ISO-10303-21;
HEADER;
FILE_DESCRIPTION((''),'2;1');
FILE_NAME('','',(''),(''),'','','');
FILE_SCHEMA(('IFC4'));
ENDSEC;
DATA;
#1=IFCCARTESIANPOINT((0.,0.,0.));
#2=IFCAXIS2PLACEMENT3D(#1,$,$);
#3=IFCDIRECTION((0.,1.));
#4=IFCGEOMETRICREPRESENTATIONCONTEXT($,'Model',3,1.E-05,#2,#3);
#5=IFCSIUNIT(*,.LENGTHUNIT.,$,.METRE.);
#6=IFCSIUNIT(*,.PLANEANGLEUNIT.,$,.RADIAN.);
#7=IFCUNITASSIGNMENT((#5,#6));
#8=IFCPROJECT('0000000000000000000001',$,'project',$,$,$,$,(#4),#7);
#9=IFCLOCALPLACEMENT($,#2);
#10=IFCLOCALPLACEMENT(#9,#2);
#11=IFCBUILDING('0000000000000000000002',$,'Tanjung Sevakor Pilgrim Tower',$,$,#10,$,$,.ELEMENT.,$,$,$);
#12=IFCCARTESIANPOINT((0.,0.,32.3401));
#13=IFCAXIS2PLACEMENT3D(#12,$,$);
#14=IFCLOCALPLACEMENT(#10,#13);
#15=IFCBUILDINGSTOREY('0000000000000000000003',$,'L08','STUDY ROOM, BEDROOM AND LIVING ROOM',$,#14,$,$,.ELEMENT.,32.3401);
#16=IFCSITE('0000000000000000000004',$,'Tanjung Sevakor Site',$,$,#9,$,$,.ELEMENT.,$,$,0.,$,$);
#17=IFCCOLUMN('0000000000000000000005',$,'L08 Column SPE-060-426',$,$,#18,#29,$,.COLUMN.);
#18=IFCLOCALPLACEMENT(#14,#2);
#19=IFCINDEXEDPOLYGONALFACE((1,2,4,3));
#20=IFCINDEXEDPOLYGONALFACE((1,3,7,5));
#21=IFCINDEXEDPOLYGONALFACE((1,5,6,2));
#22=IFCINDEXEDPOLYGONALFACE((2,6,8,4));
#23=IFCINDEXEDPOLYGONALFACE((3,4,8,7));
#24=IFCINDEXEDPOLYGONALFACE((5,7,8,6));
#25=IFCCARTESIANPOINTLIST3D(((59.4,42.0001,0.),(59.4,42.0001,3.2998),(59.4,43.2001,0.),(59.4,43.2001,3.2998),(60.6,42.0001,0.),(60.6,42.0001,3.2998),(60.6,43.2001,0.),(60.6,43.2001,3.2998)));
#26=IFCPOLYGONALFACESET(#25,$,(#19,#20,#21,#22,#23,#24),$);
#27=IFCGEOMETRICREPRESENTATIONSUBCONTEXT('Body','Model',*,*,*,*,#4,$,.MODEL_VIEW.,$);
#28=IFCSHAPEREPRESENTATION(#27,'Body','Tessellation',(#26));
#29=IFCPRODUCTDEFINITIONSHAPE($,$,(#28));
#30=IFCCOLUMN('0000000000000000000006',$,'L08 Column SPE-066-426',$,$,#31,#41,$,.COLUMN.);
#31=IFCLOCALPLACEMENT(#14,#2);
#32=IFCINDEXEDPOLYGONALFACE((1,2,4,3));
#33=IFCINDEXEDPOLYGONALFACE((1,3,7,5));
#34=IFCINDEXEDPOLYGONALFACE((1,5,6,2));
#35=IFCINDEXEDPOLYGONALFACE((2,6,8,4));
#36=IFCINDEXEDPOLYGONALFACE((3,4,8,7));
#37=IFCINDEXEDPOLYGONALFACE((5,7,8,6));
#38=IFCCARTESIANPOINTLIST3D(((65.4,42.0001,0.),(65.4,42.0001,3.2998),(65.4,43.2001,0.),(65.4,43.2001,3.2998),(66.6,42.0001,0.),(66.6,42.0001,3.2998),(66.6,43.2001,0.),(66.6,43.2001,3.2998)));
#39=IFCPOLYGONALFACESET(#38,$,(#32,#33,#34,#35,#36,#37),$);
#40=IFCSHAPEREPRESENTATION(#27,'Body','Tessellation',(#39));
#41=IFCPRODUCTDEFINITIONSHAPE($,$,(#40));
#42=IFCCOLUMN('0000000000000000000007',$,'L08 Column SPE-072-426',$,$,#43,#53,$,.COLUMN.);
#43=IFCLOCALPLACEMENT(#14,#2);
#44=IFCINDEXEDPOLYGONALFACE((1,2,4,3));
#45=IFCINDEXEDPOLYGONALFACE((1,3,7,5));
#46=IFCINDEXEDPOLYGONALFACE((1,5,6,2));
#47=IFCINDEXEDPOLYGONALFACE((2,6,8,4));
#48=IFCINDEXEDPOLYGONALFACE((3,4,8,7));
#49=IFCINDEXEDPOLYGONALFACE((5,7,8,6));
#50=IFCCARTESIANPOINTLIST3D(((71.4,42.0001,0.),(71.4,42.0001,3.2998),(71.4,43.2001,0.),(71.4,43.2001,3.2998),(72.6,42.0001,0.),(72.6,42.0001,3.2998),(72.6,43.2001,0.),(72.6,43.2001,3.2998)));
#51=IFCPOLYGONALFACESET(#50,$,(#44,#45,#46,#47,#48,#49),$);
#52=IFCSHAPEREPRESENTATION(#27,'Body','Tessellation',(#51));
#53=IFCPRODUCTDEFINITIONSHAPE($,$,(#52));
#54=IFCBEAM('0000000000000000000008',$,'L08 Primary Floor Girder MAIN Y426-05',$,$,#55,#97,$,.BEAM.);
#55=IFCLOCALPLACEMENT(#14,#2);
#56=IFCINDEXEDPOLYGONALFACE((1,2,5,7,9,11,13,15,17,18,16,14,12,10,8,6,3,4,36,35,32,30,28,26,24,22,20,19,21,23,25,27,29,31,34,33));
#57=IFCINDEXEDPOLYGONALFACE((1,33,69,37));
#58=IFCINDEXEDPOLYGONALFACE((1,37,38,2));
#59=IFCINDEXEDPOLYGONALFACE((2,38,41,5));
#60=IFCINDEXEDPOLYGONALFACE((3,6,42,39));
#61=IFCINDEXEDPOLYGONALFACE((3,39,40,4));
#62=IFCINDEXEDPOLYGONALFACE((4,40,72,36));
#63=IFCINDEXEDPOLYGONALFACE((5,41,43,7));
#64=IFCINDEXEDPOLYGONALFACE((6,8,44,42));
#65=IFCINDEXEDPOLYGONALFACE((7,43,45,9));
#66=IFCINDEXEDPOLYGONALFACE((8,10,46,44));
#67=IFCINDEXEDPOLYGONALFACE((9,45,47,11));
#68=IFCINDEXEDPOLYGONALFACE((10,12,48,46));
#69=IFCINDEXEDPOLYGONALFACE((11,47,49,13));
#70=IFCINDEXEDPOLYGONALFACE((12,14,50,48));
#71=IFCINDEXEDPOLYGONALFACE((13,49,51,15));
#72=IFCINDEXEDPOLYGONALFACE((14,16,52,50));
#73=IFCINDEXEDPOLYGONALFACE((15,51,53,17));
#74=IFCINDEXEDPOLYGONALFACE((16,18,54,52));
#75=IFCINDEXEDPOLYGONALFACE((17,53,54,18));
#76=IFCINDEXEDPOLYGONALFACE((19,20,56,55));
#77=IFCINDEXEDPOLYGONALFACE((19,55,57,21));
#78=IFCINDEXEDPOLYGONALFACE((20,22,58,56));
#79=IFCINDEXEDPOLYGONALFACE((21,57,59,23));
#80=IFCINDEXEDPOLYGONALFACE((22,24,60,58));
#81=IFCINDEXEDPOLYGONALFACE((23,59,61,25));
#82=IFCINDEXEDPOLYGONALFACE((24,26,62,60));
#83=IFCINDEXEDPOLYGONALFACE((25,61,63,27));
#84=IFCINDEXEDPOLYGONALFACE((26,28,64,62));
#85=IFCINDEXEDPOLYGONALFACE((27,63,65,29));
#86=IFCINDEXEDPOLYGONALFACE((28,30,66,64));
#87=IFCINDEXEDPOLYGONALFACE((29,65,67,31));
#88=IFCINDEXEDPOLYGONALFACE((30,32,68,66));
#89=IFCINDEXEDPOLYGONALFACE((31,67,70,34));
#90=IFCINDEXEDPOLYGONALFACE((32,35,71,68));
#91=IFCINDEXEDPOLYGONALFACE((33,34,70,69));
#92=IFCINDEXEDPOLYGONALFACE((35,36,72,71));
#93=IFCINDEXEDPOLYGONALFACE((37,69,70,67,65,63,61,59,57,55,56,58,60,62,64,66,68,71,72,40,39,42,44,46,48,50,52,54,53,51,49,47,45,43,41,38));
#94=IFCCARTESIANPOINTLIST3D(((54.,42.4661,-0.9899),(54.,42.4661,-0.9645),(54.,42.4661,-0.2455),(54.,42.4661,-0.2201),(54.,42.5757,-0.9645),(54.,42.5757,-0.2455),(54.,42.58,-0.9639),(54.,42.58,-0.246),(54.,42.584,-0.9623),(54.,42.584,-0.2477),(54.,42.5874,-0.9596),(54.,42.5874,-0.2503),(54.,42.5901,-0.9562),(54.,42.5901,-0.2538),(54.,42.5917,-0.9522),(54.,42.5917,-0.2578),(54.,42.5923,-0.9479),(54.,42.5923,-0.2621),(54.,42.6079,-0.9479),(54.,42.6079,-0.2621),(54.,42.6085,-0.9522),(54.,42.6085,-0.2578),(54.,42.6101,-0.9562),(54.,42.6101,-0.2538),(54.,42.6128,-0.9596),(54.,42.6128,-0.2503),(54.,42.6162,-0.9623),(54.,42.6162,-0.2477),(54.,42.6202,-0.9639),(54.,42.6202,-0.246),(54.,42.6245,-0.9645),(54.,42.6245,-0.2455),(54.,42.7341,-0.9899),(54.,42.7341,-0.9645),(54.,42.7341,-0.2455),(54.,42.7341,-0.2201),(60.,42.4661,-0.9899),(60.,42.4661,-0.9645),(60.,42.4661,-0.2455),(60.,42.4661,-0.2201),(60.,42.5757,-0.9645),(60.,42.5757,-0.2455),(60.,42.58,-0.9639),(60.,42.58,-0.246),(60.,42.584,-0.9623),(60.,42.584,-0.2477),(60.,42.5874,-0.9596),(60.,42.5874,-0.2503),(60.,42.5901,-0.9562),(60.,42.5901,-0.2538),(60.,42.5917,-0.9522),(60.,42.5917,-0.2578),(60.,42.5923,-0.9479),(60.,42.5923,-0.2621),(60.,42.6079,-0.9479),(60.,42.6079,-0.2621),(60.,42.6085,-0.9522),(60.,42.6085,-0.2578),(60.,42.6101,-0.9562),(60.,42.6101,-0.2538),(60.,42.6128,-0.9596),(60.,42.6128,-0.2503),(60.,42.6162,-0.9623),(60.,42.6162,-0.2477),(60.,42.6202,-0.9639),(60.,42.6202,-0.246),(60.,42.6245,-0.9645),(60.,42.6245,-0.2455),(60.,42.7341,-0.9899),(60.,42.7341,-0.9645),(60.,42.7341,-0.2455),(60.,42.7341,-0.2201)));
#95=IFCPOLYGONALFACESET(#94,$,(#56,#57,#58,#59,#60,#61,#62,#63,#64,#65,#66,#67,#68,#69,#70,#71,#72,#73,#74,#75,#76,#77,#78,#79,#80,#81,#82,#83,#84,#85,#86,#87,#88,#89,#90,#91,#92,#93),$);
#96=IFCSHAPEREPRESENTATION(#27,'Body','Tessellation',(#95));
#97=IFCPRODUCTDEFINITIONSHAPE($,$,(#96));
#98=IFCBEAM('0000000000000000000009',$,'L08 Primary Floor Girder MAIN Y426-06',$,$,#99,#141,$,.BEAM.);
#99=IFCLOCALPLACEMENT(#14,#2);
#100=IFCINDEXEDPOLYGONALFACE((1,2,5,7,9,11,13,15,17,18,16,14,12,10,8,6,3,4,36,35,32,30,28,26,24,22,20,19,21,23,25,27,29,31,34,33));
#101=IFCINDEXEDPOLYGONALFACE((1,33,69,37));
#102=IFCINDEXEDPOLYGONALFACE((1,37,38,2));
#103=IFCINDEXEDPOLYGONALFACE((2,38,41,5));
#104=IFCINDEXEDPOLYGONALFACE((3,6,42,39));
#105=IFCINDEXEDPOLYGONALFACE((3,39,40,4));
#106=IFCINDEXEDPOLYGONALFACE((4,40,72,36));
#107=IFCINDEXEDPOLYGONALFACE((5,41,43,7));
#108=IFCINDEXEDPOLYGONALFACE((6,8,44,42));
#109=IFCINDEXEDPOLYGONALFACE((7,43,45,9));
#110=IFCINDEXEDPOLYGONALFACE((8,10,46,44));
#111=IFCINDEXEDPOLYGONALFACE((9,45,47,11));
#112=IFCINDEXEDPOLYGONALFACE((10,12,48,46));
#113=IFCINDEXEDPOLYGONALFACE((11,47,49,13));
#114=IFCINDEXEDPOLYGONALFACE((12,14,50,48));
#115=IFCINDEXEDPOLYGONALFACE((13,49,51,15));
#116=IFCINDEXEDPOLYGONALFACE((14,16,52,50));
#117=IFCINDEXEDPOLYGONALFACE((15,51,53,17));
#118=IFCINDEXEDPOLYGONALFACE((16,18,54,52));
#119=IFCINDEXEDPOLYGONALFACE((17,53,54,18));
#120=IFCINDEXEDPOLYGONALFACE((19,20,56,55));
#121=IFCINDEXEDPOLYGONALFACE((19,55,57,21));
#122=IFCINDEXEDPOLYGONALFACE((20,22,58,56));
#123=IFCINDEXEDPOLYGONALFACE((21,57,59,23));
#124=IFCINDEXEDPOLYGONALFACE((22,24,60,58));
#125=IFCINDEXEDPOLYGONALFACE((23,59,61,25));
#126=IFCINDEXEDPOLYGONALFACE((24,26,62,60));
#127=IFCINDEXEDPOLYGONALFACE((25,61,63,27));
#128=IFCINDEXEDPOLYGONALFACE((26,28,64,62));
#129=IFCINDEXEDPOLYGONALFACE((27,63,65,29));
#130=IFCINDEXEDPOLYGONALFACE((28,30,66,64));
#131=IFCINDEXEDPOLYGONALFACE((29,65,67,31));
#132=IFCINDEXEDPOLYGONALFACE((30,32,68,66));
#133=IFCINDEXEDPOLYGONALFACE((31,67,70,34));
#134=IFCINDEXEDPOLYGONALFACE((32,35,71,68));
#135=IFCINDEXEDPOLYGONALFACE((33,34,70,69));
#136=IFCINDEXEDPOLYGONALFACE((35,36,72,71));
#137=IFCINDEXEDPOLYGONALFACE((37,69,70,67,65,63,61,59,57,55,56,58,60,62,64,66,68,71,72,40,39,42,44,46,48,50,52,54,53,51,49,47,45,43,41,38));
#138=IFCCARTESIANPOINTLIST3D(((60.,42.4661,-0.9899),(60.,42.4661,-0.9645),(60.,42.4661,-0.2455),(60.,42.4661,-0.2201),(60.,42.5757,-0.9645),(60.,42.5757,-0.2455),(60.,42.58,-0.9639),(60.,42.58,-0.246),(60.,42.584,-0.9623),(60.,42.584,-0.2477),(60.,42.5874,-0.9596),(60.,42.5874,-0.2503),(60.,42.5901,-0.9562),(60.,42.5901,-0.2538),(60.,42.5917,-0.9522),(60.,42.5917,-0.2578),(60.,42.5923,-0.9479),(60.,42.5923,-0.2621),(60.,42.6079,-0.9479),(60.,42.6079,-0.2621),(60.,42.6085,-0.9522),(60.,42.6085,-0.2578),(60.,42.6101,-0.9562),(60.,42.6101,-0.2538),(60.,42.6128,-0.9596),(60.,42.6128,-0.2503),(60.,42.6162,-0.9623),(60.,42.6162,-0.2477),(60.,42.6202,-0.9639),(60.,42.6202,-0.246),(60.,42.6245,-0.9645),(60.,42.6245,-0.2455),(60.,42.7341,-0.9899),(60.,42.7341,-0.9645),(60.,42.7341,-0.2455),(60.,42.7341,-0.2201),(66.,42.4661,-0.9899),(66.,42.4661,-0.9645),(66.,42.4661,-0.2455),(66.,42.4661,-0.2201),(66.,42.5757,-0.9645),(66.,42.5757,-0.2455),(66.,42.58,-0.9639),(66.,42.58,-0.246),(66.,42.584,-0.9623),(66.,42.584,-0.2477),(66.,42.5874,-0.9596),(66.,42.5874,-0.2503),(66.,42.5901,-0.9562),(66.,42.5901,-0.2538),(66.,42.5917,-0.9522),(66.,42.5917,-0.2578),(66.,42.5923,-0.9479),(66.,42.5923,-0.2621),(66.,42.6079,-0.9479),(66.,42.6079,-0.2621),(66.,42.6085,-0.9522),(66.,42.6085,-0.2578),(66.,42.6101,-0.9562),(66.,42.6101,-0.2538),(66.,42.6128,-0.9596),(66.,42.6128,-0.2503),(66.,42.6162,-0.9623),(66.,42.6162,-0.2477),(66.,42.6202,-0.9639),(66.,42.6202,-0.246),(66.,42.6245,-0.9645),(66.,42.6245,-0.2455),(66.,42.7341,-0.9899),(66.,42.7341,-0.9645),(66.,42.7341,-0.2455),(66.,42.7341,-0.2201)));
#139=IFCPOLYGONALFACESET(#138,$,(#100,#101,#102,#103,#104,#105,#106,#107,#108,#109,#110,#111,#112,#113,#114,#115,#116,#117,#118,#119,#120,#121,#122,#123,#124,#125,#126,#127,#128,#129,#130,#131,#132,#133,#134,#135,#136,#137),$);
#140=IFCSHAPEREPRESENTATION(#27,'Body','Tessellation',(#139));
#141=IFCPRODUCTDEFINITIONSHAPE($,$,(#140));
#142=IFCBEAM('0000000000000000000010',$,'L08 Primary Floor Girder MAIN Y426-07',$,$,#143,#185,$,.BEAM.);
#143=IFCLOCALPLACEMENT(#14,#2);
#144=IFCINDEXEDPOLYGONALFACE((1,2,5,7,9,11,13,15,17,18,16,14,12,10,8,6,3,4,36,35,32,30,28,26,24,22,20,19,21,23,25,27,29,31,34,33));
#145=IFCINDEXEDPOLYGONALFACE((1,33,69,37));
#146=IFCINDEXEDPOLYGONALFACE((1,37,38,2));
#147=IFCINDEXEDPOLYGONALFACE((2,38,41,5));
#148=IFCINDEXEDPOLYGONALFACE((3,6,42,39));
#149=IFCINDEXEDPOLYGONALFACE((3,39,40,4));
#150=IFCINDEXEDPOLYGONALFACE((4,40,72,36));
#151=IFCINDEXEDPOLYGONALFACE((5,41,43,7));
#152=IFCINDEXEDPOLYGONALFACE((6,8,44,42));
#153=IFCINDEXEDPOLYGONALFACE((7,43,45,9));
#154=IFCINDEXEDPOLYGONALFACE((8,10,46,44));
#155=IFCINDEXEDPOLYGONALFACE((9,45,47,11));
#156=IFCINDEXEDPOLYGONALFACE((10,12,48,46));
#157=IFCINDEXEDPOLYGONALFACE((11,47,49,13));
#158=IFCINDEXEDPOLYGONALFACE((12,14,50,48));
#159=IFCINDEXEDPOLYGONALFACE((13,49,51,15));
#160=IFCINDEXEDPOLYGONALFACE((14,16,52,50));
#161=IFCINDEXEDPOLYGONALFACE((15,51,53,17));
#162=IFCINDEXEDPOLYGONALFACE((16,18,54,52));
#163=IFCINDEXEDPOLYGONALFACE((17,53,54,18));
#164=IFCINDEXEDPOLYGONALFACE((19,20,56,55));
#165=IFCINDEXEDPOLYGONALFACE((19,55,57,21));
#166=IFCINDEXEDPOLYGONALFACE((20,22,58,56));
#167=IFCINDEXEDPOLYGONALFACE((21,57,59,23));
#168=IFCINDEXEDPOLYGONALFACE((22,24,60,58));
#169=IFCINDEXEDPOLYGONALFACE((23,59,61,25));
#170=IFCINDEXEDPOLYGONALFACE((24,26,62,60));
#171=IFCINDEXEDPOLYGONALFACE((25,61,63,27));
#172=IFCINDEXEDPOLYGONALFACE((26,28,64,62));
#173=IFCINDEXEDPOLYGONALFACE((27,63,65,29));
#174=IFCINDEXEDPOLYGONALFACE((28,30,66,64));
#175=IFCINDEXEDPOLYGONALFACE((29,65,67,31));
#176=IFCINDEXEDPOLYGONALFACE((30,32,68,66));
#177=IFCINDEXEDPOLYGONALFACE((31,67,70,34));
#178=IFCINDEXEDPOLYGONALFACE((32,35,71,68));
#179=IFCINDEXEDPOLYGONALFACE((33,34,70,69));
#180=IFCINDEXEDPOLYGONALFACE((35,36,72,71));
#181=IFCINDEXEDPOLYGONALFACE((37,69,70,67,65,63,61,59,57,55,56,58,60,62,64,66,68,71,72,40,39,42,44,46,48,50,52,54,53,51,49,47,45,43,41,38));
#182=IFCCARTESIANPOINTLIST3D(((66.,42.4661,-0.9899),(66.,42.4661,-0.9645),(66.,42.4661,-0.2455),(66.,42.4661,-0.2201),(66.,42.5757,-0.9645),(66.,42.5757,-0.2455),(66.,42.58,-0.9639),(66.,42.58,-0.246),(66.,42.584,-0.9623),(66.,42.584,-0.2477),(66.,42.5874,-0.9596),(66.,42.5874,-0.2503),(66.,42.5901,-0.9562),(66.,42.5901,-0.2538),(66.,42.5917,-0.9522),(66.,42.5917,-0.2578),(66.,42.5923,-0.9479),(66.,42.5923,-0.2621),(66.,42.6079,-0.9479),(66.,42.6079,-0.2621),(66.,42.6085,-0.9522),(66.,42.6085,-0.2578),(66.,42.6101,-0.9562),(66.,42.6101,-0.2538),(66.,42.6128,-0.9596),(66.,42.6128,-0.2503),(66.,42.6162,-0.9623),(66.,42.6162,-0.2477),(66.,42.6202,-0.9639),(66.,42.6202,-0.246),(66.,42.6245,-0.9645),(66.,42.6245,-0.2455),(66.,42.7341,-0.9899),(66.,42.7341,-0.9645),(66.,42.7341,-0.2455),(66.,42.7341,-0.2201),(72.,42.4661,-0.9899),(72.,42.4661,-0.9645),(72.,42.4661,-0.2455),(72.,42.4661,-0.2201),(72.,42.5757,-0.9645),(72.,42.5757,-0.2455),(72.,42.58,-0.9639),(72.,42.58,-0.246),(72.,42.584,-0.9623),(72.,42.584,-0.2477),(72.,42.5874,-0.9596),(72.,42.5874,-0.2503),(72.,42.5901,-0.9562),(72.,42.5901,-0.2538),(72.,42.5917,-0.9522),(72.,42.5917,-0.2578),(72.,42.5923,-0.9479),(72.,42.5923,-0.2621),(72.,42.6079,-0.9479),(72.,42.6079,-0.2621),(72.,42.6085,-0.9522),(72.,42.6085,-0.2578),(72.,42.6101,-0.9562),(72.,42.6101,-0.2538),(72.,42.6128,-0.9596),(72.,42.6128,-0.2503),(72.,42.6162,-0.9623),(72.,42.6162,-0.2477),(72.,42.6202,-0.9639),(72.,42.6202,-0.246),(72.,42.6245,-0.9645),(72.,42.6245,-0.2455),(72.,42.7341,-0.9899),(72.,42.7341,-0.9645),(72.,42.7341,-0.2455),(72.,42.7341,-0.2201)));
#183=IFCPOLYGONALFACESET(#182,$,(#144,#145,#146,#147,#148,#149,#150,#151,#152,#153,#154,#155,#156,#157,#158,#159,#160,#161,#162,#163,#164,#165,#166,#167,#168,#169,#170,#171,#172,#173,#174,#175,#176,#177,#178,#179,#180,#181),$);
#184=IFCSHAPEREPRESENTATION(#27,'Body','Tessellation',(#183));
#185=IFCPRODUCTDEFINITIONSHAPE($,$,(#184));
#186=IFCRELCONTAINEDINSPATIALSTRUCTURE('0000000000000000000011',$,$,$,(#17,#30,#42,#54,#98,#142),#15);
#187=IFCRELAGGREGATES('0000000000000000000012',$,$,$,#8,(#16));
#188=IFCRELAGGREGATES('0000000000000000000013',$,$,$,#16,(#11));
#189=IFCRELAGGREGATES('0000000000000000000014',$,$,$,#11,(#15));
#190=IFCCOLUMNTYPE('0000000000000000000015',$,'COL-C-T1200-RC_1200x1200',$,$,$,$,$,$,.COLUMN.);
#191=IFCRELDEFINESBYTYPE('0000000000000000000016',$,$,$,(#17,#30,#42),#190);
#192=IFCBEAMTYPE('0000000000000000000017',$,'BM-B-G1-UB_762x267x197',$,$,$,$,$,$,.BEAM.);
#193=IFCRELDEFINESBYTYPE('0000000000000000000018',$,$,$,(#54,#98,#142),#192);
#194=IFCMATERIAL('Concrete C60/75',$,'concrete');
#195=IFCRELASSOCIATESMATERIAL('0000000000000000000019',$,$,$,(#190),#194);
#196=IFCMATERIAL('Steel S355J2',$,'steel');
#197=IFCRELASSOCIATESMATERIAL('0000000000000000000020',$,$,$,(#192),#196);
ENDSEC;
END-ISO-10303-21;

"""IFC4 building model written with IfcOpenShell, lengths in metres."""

from ifc_helpers import new_model, si_unit, direction, frame, origin, origin_2d, place, context, subcontext, project, spatial, rectangle, i_section, extrude, material, material_profile, profile_set, type_object, element, save


model = new_model("IFC4")

# Units and contexts
model_context = context("Model", 3, precision=1e-05, world=origin(), true_north=direction((0.0, 1.0)))
body_context = subcontext(model_context, "Body", "Model", "MODEL_VIEW")
ifc_project = project(units=[si_unit("LENGTHUNIT", "METRE"), si_unit("PLANEANGLEUNIT", "RADIAN")], contexts=[model_context])

# Site, building, storey
site_placement = place(None, origin())
site = spatial("IfcSite", under=ifc_project, at=site_placement, Name="Tanjung Sevakor Site", CompositionType="ELEMENT", RefElevation=0.0)
building_placement = place(site_placement, origin())
building = spatial("IfcBuilding", under=site, at=building_placement, Name="Tanjung Sevakor Pilgrim Tower", CompositionType="ELEMENT")
storey_placement = place(building_placement, frame((0.0, 0.0, 32.3401)))
storey = spatial("IfcBuildingStorey", under=building, at=storey_placement, Name="L08", Description="STUDY ROOM, BEDROOM AND LIVING ROOM", CompositionType="ELEMENT", Elevation=32.3401)

# Columns
ifc_material_1 = material(Name="Concrete C60/75", Category="concrete")
ifc_material_profile_1 = material_profile(ifc_material_1, rectangle(XDim=1.2, YDim=1.2, at=origin_2d()))
ifc_profile_set_1 = profile_set([ifc_material_profile_1], Name="Concrete C60/75")
column_type = type_object("IfcColumnType", Name="COL-C-T1200-RC_1200x1200", PredefinedType="COLUMN", material=ifc_profile_set_1)
for number, where, z_axis, x_axis, name in (
    (1, (60.0, 42.6001, 0.0), (0.0, 0.0, 1.0), (1.0, 0.0, 0.0), "L08 Column SPE-060-426"),
    (2, (66.0, 42.6001, 0.0), (0.0, 0.0, 1.0), (1.0, 0.0, 0.0), "L08 Column SPE-066-426"),
    (3, (72.0, 42.6001, 0.0), (0.0, 0.0, 1.0), (1.0, 0.0, 0.0), "L08 Column SPE-072-426"),
):
    element("IfcColumn", number, at=place(storey_placement, frame(where, z_axis=z_axis, x_axis=x_axis)), inside=storey, type_object=column_type, Name=name, PredefinedType="COLUMN", context=body_context, shape_type="SweptSolid", body=[
        extrude(rectangle(XDim=1.2, YDim=1.2, at=origin_2d()), origin(), (0.0, 0.0, 1.0), 3.2998),
    ])

# Beams
ifc_material_2 = material(Name="Steel S355J2", Category="steel")
ifc_material_profile_2 = material_profile(ifc_material_2, i_section(OverallWidth=0.2681, OverallDepth=0.7698, WebThickness=0.0156, FlangeThickness=0.0254, FilletRadius=0.0166, at=origin_2d()))
ifc_profile_set_2 = profile_set([ifc_material_profile_2], Name="Steel S355J2")
beam_type_1 = type_object("IfcBeamType", Name="BM-B-G1-UB_762x267x197", PredefinedType="BEAM", material=ifc_profile_set_2)
for number, where, z_axis, x_axis, name in (
    (4, (54.0, 42.6001, -0.605), (1.0, 0.0, 0.0), (0.0, 1.0, 0.0), "L08 Primary Floor Girder MAIN Y426-05"),
    (5, (60.0, 42.6001, -0.605), (1.0, 0.0, 0.0), (0.0, 1.0, 0.0), "L08 Primary Floor Girder MAIN Y426-06"),
    (6, (66.0, 42.6001, -0.605), (1.0, 0.0, 0.0), (0.0, 1.0, 0.0), "L08 Primary Floor Girder MAIN Y426-07"),
):
    element("IfcBeam", number, at=place(storey_placement, frame(where, z_axis=z_axis, x_axis=x_axis)), inside=storey, type_object=beam_type_1, Name=name, PredefinedType="BEAM", context=body_context, shape_type="SweptSolid", body=[
        extrude(i_section(OverallWidth=0.2681, OverallDepth=0.7698, WebThickness=0.0156, FlangeThickness=0.0254, FilletRadius=0.0166, at=origin_2d()), origin(), (0.0, 0.0, 1.0), 6.0),
    ])

save(model, "model.ifc")
